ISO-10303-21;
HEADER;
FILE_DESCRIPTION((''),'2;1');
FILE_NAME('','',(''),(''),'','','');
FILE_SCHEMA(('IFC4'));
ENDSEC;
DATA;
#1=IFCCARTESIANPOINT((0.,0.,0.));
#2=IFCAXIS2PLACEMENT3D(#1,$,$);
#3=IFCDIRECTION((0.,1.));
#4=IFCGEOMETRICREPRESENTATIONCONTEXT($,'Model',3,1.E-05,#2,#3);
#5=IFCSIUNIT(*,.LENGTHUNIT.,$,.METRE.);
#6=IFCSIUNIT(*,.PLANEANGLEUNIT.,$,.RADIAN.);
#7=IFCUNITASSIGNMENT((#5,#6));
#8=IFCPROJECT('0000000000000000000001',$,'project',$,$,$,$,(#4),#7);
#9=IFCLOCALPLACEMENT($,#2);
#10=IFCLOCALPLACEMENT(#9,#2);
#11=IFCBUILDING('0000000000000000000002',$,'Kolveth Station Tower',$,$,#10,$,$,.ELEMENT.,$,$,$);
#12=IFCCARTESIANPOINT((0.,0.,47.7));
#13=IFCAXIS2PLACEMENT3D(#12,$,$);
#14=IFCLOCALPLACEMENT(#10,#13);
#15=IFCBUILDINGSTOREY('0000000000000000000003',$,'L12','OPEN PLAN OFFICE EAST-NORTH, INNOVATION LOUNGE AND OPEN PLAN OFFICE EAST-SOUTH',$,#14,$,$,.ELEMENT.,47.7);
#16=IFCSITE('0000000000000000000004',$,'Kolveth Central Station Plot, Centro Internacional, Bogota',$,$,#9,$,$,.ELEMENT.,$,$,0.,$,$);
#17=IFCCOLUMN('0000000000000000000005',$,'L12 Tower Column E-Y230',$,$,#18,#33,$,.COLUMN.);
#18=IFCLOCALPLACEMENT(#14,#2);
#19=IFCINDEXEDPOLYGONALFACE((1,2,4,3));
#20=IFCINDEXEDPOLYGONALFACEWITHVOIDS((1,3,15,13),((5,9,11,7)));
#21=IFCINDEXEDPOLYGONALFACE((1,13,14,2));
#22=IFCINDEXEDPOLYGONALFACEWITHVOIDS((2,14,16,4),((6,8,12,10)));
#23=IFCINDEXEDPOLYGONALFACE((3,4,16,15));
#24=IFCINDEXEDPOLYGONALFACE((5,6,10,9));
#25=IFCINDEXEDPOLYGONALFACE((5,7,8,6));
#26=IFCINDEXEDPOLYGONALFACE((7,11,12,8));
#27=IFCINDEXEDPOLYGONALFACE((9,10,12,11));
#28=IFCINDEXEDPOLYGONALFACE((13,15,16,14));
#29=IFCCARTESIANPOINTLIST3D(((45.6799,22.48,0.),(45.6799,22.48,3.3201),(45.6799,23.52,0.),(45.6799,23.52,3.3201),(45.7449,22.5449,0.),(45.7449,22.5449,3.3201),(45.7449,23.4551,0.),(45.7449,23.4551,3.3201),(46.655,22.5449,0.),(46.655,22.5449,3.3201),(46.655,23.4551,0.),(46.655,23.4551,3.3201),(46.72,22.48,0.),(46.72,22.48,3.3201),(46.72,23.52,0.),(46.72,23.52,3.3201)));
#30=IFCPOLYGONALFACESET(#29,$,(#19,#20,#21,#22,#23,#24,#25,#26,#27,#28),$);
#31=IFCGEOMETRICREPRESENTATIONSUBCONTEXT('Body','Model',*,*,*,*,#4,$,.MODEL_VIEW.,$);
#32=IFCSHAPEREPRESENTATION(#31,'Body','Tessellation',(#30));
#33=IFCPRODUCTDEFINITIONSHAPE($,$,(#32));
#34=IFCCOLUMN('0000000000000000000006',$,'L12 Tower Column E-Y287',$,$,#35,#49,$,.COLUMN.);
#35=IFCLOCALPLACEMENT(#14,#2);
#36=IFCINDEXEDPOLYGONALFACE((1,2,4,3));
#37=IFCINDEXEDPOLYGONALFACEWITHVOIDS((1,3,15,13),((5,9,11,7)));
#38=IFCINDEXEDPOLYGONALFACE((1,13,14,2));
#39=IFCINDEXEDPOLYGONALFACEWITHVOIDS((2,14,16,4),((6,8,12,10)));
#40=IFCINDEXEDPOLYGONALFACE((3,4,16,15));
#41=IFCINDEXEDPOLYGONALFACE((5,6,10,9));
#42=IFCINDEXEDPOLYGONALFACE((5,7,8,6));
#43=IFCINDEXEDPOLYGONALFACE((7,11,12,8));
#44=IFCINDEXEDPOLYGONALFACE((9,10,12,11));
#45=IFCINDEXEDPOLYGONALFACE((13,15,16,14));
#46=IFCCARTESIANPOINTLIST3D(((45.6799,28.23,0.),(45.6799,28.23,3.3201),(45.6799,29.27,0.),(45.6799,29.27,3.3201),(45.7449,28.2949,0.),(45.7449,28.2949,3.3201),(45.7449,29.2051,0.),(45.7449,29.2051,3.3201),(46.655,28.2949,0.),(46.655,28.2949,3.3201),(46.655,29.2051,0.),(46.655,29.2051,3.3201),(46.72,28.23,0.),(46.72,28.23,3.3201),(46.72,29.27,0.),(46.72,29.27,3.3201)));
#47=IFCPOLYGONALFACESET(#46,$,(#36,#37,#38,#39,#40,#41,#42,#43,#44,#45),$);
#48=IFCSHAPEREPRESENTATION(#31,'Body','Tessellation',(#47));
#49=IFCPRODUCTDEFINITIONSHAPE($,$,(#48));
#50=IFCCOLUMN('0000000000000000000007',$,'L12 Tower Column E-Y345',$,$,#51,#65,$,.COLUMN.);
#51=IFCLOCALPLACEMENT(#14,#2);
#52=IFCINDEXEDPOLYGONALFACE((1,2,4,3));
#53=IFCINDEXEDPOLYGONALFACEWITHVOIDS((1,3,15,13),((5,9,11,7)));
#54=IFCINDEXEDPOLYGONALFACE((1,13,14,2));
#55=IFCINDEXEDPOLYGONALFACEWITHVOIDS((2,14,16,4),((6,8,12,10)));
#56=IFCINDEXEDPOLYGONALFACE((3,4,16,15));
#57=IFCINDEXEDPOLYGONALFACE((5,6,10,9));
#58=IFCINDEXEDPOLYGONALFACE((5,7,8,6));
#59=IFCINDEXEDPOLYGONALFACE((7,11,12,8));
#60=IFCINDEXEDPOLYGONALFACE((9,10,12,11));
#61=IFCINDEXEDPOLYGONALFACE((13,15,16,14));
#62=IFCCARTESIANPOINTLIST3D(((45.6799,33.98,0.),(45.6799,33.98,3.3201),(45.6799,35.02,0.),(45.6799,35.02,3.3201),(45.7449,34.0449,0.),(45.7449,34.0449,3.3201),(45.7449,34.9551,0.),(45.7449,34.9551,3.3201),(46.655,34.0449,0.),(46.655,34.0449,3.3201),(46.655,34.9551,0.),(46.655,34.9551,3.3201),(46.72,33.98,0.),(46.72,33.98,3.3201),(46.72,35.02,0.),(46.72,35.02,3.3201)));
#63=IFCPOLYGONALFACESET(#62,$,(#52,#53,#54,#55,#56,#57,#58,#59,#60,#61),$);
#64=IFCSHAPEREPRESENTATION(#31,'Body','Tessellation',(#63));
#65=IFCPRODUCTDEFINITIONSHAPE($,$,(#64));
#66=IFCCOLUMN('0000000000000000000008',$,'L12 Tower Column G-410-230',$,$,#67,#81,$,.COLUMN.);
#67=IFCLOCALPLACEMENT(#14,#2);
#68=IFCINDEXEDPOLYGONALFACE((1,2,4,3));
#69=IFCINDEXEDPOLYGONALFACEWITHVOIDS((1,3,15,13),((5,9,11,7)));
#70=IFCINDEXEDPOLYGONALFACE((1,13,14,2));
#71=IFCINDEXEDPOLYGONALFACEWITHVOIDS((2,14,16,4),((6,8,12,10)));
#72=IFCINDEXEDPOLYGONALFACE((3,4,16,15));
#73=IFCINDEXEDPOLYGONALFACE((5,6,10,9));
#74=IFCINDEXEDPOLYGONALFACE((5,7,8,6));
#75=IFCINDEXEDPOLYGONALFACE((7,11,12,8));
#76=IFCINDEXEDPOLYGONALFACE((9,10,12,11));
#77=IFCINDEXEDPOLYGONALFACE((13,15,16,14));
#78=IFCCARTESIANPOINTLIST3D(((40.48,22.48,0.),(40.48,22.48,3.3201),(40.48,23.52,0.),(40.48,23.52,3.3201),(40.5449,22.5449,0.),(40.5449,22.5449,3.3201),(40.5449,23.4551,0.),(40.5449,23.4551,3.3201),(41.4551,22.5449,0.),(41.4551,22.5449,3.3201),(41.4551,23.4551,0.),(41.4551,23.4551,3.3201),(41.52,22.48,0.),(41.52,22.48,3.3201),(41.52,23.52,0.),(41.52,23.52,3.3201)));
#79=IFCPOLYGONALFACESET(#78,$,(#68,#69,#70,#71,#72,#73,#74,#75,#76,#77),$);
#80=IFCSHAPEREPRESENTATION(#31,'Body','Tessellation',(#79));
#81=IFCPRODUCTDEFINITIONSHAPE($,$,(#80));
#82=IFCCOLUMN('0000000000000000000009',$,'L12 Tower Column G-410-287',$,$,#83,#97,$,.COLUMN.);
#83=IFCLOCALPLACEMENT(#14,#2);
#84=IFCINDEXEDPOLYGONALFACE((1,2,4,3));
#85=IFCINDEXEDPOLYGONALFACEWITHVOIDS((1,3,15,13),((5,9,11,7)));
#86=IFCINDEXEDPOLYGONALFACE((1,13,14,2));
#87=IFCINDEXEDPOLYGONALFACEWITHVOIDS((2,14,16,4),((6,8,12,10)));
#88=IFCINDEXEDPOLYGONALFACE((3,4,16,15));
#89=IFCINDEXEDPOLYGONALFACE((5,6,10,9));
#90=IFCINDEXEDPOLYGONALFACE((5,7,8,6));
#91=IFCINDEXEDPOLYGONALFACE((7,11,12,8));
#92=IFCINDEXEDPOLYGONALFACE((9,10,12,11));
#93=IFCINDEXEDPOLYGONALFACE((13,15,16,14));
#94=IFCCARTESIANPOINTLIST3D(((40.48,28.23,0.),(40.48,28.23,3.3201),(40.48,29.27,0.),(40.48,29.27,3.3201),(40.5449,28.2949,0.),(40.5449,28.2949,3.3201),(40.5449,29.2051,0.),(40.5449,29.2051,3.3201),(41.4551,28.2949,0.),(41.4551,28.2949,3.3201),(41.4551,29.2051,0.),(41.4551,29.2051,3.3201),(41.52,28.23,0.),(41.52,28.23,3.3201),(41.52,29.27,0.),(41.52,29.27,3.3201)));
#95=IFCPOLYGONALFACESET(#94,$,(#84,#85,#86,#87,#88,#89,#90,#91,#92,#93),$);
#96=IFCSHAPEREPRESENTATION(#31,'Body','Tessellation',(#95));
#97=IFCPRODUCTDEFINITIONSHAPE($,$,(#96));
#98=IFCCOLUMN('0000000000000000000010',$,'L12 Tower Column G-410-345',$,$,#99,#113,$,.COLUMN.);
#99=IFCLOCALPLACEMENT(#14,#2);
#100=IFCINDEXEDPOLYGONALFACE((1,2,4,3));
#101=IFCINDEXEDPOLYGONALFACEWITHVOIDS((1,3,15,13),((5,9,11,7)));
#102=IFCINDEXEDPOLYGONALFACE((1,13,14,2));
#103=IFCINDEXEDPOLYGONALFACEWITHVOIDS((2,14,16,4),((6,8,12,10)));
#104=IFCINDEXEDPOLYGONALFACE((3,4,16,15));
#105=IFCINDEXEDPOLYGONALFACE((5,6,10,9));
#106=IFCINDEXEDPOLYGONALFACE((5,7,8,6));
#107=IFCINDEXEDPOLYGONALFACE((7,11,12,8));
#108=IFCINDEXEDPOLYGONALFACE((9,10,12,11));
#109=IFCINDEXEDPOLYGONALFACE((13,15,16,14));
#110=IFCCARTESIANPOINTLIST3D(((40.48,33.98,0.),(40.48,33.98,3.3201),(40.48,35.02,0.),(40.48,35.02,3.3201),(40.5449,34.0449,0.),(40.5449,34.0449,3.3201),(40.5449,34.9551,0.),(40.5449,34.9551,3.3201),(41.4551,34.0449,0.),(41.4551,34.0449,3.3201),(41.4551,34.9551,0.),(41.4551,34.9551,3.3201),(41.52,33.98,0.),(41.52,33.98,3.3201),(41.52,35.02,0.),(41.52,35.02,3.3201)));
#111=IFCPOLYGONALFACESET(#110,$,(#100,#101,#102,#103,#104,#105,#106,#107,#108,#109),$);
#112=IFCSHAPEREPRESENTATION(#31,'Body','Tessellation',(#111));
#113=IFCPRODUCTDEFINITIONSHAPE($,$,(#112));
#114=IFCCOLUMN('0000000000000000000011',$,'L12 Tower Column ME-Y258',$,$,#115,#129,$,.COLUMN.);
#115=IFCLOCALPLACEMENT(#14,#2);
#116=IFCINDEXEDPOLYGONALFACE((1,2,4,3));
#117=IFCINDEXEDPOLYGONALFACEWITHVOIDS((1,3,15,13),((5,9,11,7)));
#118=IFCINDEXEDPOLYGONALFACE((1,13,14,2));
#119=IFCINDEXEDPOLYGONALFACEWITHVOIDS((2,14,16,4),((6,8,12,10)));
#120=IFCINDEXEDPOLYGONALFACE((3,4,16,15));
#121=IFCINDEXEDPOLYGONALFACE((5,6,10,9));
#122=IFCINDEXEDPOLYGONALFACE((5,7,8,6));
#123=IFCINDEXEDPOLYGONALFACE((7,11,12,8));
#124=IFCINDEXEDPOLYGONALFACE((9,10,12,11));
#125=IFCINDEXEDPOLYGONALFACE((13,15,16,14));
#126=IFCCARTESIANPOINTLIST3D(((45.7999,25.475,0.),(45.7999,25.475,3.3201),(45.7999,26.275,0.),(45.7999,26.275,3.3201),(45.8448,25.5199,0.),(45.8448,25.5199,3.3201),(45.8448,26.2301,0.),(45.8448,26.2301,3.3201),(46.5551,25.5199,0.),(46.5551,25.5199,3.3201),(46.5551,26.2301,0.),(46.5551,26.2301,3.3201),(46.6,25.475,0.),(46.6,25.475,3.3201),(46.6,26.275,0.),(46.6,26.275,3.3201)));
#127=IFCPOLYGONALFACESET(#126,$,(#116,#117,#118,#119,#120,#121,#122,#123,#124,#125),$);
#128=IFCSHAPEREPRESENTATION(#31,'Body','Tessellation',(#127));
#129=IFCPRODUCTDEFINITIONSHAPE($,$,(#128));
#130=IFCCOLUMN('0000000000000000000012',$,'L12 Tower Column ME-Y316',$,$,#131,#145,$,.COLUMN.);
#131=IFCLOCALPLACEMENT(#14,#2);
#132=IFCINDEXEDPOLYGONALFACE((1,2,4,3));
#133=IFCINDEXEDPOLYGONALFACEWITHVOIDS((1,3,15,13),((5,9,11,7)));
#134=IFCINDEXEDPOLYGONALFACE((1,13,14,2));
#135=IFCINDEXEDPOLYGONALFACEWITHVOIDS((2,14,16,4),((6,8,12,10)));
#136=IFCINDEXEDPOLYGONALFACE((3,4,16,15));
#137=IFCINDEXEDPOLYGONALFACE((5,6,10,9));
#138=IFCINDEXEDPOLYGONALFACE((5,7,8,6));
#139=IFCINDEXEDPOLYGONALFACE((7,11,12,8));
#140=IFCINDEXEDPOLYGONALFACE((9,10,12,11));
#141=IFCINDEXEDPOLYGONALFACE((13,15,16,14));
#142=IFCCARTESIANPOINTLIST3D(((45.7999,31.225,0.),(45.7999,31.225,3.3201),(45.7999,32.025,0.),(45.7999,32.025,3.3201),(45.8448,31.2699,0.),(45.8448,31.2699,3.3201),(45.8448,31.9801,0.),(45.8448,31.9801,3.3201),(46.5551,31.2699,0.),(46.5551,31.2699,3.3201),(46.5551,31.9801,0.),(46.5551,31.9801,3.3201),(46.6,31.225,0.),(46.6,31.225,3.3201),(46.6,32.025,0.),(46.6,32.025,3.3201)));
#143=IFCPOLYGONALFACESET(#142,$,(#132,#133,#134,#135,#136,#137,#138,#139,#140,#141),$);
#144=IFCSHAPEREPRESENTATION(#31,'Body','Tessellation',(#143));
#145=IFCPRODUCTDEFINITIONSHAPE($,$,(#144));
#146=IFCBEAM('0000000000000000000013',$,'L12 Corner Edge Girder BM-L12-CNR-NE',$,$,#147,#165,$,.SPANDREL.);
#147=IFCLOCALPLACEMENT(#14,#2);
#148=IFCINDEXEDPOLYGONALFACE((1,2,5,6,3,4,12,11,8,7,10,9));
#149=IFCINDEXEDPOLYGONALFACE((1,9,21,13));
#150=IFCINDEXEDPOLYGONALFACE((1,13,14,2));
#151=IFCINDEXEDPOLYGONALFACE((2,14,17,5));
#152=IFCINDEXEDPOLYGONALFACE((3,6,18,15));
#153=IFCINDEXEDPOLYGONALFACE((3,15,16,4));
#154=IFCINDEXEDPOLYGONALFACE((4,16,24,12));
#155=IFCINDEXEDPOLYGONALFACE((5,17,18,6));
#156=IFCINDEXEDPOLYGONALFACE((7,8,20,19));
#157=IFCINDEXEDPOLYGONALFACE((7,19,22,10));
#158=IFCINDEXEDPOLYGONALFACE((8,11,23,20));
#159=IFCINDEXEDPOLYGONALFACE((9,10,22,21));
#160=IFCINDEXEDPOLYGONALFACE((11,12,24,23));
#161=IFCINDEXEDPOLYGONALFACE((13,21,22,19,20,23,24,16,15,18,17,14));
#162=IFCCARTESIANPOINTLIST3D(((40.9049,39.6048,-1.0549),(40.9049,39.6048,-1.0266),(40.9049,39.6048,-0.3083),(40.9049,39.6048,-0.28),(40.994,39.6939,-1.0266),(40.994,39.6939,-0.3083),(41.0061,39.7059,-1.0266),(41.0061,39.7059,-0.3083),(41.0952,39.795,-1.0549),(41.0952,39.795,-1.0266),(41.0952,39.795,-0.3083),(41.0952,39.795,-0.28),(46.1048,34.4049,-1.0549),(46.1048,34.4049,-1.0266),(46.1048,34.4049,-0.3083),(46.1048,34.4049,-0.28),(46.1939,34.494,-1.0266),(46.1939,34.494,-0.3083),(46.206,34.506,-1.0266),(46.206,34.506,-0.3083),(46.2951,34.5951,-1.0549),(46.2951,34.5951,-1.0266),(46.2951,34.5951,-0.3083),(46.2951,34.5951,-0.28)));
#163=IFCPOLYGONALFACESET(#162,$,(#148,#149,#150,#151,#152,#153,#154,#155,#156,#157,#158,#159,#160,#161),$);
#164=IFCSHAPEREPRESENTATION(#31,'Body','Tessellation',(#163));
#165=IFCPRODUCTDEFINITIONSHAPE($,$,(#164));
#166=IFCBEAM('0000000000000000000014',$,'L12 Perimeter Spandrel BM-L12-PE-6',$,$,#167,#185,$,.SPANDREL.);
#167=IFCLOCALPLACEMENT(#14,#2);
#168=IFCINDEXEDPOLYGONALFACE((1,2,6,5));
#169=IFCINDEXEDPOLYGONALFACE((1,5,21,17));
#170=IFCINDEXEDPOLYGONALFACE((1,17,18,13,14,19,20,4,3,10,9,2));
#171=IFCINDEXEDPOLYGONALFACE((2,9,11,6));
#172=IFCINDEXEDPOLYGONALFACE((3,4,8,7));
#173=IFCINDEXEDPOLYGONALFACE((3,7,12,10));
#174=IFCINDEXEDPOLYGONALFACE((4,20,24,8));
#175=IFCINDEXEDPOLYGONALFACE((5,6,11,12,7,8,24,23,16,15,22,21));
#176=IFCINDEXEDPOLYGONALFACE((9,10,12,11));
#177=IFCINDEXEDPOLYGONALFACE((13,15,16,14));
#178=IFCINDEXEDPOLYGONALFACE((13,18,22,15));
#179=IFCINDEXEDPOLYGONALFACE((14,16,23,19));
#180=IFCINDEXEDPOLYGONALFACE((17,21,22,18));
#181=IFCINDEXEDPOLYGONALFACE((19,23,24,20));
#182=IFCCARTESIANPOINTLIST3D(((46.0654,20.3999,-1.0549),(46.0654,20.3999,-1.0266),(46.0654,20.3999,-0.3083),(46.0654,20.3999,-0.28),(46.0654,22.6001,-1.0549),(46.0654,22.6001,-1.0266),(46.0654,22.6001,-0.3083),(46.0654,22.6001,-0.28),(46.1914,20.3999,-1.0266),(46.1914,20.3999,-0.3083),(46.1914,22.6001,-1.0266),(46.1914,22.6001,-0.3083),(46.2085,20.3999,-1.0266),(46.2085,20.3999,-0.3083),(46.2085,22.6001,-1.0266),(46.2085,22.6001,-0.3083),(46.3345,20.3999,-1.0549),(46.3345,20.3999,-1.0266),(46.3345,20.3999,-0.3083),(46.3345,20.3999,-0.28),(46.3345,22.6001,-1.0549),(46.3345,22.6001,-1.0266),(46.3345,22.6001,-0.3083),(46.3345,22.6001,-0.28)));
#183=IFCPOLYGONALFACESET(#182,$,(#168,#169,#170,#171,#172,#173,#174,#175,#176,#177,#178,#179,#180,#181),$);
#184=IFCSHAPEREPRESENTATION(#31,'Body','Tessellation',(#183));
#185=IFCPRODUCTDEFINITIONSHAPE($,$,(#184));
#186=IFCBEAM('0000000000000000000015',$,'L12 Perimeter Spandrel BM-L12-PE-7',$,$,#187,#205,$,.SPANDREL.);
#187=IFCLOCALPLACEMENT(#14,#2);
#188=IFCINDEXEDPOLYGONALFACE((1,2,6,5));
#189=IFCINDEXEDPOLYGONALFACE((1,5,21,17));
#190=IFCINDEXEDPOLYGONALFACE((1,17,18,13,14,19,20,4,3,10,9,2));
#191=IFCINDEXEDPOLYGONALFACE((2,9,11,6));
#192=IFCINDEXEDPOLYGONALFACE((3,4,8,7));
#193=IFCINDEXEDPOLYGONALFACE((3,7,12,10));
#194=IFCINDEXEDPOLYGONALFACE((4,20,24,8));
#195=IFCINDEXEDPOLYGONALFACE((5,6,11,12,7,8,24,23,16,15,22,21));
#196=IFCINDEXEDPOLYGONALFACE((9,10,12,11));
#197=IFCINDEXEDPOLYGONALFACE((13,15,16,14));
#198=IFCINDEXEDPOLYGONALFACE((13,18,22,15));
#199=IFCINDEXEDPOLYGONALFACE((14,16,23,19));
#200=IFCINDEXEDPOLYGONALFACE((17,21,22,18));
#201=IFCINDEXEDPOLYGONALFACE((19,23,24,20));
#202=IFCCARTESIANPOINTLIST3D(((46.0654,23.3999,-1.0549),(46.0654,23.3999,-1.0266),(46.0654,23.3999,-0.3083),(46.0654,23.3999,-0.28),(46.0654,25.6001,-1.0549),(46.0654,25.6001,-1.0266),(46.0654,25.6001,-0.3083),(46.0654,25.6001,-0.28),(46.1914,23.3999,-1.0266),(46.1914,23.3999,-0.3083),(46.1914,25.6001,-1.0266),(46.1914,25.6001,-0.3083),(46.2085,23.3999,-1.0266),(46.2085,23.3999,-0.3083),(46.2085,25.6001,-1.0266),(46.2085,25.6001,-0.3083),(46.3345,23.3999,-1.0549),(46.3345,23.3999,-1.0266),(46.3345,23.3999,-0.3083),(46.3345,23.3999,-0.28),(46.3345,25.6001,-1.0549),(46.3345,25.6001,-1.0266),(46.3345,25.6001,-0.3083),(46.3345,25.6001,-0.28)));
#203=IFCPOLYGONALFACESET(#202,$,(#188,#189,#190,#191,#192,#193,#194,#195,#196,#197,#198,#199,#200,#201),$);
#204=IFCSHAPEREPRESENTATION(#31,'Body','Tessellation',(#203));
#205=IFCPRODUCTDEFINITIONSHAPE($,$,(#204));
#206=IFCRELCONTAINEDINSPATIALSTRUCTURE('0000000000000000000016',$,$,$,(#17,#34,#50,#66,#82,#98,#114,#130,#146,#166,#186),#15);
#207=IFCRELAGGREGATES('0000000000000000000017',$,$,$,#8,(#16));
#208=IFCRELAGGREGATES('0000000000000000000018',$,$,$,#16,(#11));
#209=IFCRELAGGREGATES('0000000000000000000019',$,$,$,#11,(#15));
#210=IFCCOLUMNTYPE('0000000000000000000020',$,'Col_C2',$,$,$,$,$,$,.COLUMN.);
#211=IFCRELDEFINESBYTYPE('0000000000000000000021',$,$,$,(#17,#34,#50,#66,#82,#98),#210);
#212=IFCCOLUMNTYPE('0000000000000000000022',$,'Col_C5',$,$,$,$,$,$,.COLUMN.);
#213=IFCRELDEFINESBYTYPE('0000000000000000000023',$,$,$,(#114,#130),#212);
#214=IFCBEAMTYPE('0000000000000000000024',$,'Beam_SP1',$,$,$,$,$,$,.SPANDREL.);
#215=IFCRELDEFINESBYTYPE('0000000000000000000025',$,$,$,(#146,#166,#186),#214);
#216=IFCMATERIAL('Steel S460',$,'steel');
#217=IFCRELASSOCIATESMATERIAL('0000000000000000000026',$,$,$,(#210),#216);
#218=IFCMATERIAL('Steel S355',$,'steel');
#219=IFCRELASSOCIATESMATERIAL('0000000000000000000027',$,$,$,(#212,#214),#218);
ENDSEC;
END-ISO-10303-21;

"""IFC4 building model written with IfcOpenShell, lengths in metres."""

from ifc_helpers import new_model, si_unit, direction, frame, origin, origin_2d, place, context, subcontext, project, spatial, hollow_rectangle, i_section, extrude, source, transform, mapped, material, material_profile, profile_set, type_object, element, save


model = new_model("IFC4")

# Units and contexts
model_context = context("Model", 3, precision=1e-05, world=origin(), true_north=direction((0.0, 1.0)))
body_context = subcontext(model_context, "Body", "Model", "MODEL_VIEW")
ifc_project = project(units=[si_unit("LENGTHUNIT", "METRE"), si_unit("PLANEANGLEUNIT", "RADIAN")], contexts=[model_context])

# Site, building, storey
site_placement = place(None, origin())
site = spatial("IfcSite", under=ifc_project, at=site_placement, Name="Kolveth Central Station Plot, Centro Internacional, Bogota", CompositionType="ELEMENT", RefElevation=0.0)
building_placement = place(site_placement, origin())
building = spatial("IfcBuilding", under=site, at=building_placement, Name="Kolveth Station Tower", CompositionType="ELEMENT")
storey_placement = place(building_placement, frame((0.0, 0.0, 47.7)))
storey = spatial("IfcBuildingStorey", under=building, at=storey_placement, Name="L12", Description="OPEN PLAN OFFICE EAST-NORTH, INNOVATION LOUNGE AND OPEN PLAN OFFICE EAST-SOUTH", CompositionType="ELEMENT", Elevation=47.7)

# Columns
ifc_material_1 = material(Name="Steel S460", Category="steel")
ifc_material_profile_1 = material_profile(ifc_material_1, hollow_rectangle(XDim=1.04, YDim=1.04, WallThickness=0.0649, at=origin_2d()), Name="BOX1040x1040x65")
ifc_profile_set_1 = profile_set([ifc_material_profile_1], Name="Steel S460")
column_type_1 = type_object("IfcColumnType", Name="Col_C2", PredefinedType="COLUMN", material=ifc_profile_set_1)
shared_shape_1 = source(origin(), body_context, "Body", "SweptSolid", [
    extrude(hollow_rectangle(XDim=1.04, YDim=1.04, WallThickness=0.0649, at=origin_2d()), origin(), (0.0, 0.0, 1.0), 3.3201),
])
for number, where, z_axis, x_axis, name in (
    (1, (46.2, 23.0, 0.0), (0.0, 0.0, 1.0), (1.0, 0.0, 0.0), "L12 Tower Column E-Y230"),
    (2, (46.2, 28.75, 0.0), (0.0, 0.0, 1.0), (1.0, 0.0, 0.0), "L12 Tower Column E-Y287"),
    (3, (46.2, 34.5, 0.0), (0.0, 0.0, 1.0), (1.0, 0.0, 0.0), "L12 Tower Column E-Y345"),
    (4, (41.0, 23.0, 0.0), (0.0, 0.0, 1.0), (1.0, 0.0, 0.0), "L12 Tower Column G-410-230"),
    (5, (41.0, 28.75, 0.0), (0.0, 0.0, 1.0), (1.0, 0.0, 0.0), "L12 Tower Column G-410-287"),
    (6, (41.0, 34.5, 0.0), (0.0, 0.0, 1.0), (1.0, 0.0, 0.0), "L12 Tower Column G-410-345"),
):
    element("IfcColumn", number, at=place(storey_placement, frame(where, z_axis=z_axis, x_axis=x_axis)), inside=storey, type_object=column_type_1, Name=name, PredefinedType="COLUMN", context=body_context, shape_type="MappedRepresentation", body=[
        mapped(shared_shape_1, transform((0.0, 0.0, 0.0), x_axis=(1.0, 0.0, 0.0), y_axis=(0.0, 1.0, 0.0), z_axis=(0.0, 0.0, 1.0), scale=1.0)),
    ])
ifc_material_2 = material(Name="Steel S355", Category="steel")
ifc_material_profile_2 = material_profile(ifc_material_2, hollow_rectangle(XDim=0.8, YDim=0.8, WallThickness=0.0449, at=origin_2d()), Name="BOX800x800x45")
ifc_profile_set_2 = profile_set([ifc_material_profile_2], Name="Steel S355")
column_type_2 = type_object("IfcColumnType", Name="Col_C5", PredefinedType="COLUMN", material=ifc_profile_set_2)
shared_shape_2 = source(origin(), body_context, "Body", "SweptSolid", [
    extrude(hollow_rectangle(XDim=0.8, YDim=0.8, WallThickness=0.0449, at=origin_2d()), origin(), (0.0, 0.0, 1.0), 3.3201),
])
for number, where, z_axis, x_axis, name in (
    (7, (46.2, 25.875, 0.0), (0.0, 0.0, 1.0), (1.0, 0.0, 0.0), "L12 Tower Column ME-Y258"),
    (8, (46.2, 31.625, 0.0), (0.0, 0.0, 1.0), (1.0, 0.0, 0.0), "L12 Tower Column ME-Y316"),
):
    element("IfcColumn", number, at=place(storey_placement, frame(where, z_axis=z_axis, x_axis=x_axis)), inside=storey, type_object=column_type_2, Name=name, PredefinedType="COLUMN", context=body_context, shape_type="MappedRepresentation", body=[
        mapped(shared_shape_2, transform((0.0, 0.0, 0.0), x_axis=(1.0, 0.0, 0.0), y_axis=(0.0, 1.0, 0.0), z_axis=(0.0, 0.0, 1.0), scale=1.0)),
    ])

# Beams
ifc_material_profile_3 = material_profile(ifc_material_2, i_section(OverallWidth=0.269, OverallDepth=0.7749, WebThickness=0.0171, FlangeThickness=0.0283, at=origin_2d()), Name="W760x220")
ifc_profile_set_3 = profile_set([ifc_material_profile_3], Name="Steel S355")
beam_type_1 = type_object("IfcBeamType", Name="Beam_SP1", PredefinedType="SPANDREL", material=ifc_profile_set_3)
shared_shape_3 = source(origin(), body_context, "Body", "SweptSolid", [
    extrude(i_section(OverallWidth=0.269, OverallDepth=0.7749, WebThickness=0.0171, FlangeThickness=0.0283, at=origin_2d()), origin(), (0.0, 0.0, 1.0), 7.3538),
])
beam_placement = place(storey_placement, frame((46.2, 34.5, -0.6675), z_axis=(-0.707107, 0.707107, 0.0), x_axis=(-0.707107, -0.707107, 0.0)))
element("IfcBeam", 9, at=beam_placement, inside=storey, type_object=beam_type_1, Name="L12 Corner Edge Girder BM-L12-CNR-NE", PredefinedType="SPANDREL", context=body_context, shape_type="MappedRepresentation", body=[
    mapped(shared_shape_3, transform((0.0, 0.0, 0.0), x_axis=(1.0, 0.0, 0.0), y_axis=(0.0, 1.0, 0.0), z_axis=(0.0, 0.0, 1.0), scale=1.0)),
])
shared_shape_4 = source(origin(), body_context, "Body", "SweptSolid", [
    extrude(i_section(OverallWidth=0.269, OverallDepth=0.7749, WebThickness=0.0171, FlangeThickness=0.0283, at=origin_2d()), origin(), (0.0, 0.0, 1.0), 2.2002),
])
for number, where, z_axis, x_axis, name in (
    (10, (46.2, 20.3999, -0.6675), (0.0, 1.0, 0.0), (-1.0, 0.0, 0.0), "L12 Perimeter Spandrel BM-L12-PE-6"),
    (11, (46.2, 23.3999, -0.6675), (0.0, 1.0, 0.0), (-1.0, 0.0, 0.0), "L12 Perimeter Spandrel BM-L12-PE-7"),
):
    element("IfcBeam", number, at=place(storey_placement, frame(where, z_axis=z_axis, x_axis=x_axis)), inside=storey, type_object=beam_type_1, Name=name, PredefinedType="SPANDREL", context=body_context, shape_type="MappedRepresentation", body=[
        mapped(shared_shape_4, transform((0.0, 0.0, 0.0), x_axis=(1.0, 0.0, 0.0), y_axis=(0.0, 1.0, 0.0), z_axis=(0.0, 0.0, 1.0), scale=1.0)),
    ])

save(model, "model.ifc")
